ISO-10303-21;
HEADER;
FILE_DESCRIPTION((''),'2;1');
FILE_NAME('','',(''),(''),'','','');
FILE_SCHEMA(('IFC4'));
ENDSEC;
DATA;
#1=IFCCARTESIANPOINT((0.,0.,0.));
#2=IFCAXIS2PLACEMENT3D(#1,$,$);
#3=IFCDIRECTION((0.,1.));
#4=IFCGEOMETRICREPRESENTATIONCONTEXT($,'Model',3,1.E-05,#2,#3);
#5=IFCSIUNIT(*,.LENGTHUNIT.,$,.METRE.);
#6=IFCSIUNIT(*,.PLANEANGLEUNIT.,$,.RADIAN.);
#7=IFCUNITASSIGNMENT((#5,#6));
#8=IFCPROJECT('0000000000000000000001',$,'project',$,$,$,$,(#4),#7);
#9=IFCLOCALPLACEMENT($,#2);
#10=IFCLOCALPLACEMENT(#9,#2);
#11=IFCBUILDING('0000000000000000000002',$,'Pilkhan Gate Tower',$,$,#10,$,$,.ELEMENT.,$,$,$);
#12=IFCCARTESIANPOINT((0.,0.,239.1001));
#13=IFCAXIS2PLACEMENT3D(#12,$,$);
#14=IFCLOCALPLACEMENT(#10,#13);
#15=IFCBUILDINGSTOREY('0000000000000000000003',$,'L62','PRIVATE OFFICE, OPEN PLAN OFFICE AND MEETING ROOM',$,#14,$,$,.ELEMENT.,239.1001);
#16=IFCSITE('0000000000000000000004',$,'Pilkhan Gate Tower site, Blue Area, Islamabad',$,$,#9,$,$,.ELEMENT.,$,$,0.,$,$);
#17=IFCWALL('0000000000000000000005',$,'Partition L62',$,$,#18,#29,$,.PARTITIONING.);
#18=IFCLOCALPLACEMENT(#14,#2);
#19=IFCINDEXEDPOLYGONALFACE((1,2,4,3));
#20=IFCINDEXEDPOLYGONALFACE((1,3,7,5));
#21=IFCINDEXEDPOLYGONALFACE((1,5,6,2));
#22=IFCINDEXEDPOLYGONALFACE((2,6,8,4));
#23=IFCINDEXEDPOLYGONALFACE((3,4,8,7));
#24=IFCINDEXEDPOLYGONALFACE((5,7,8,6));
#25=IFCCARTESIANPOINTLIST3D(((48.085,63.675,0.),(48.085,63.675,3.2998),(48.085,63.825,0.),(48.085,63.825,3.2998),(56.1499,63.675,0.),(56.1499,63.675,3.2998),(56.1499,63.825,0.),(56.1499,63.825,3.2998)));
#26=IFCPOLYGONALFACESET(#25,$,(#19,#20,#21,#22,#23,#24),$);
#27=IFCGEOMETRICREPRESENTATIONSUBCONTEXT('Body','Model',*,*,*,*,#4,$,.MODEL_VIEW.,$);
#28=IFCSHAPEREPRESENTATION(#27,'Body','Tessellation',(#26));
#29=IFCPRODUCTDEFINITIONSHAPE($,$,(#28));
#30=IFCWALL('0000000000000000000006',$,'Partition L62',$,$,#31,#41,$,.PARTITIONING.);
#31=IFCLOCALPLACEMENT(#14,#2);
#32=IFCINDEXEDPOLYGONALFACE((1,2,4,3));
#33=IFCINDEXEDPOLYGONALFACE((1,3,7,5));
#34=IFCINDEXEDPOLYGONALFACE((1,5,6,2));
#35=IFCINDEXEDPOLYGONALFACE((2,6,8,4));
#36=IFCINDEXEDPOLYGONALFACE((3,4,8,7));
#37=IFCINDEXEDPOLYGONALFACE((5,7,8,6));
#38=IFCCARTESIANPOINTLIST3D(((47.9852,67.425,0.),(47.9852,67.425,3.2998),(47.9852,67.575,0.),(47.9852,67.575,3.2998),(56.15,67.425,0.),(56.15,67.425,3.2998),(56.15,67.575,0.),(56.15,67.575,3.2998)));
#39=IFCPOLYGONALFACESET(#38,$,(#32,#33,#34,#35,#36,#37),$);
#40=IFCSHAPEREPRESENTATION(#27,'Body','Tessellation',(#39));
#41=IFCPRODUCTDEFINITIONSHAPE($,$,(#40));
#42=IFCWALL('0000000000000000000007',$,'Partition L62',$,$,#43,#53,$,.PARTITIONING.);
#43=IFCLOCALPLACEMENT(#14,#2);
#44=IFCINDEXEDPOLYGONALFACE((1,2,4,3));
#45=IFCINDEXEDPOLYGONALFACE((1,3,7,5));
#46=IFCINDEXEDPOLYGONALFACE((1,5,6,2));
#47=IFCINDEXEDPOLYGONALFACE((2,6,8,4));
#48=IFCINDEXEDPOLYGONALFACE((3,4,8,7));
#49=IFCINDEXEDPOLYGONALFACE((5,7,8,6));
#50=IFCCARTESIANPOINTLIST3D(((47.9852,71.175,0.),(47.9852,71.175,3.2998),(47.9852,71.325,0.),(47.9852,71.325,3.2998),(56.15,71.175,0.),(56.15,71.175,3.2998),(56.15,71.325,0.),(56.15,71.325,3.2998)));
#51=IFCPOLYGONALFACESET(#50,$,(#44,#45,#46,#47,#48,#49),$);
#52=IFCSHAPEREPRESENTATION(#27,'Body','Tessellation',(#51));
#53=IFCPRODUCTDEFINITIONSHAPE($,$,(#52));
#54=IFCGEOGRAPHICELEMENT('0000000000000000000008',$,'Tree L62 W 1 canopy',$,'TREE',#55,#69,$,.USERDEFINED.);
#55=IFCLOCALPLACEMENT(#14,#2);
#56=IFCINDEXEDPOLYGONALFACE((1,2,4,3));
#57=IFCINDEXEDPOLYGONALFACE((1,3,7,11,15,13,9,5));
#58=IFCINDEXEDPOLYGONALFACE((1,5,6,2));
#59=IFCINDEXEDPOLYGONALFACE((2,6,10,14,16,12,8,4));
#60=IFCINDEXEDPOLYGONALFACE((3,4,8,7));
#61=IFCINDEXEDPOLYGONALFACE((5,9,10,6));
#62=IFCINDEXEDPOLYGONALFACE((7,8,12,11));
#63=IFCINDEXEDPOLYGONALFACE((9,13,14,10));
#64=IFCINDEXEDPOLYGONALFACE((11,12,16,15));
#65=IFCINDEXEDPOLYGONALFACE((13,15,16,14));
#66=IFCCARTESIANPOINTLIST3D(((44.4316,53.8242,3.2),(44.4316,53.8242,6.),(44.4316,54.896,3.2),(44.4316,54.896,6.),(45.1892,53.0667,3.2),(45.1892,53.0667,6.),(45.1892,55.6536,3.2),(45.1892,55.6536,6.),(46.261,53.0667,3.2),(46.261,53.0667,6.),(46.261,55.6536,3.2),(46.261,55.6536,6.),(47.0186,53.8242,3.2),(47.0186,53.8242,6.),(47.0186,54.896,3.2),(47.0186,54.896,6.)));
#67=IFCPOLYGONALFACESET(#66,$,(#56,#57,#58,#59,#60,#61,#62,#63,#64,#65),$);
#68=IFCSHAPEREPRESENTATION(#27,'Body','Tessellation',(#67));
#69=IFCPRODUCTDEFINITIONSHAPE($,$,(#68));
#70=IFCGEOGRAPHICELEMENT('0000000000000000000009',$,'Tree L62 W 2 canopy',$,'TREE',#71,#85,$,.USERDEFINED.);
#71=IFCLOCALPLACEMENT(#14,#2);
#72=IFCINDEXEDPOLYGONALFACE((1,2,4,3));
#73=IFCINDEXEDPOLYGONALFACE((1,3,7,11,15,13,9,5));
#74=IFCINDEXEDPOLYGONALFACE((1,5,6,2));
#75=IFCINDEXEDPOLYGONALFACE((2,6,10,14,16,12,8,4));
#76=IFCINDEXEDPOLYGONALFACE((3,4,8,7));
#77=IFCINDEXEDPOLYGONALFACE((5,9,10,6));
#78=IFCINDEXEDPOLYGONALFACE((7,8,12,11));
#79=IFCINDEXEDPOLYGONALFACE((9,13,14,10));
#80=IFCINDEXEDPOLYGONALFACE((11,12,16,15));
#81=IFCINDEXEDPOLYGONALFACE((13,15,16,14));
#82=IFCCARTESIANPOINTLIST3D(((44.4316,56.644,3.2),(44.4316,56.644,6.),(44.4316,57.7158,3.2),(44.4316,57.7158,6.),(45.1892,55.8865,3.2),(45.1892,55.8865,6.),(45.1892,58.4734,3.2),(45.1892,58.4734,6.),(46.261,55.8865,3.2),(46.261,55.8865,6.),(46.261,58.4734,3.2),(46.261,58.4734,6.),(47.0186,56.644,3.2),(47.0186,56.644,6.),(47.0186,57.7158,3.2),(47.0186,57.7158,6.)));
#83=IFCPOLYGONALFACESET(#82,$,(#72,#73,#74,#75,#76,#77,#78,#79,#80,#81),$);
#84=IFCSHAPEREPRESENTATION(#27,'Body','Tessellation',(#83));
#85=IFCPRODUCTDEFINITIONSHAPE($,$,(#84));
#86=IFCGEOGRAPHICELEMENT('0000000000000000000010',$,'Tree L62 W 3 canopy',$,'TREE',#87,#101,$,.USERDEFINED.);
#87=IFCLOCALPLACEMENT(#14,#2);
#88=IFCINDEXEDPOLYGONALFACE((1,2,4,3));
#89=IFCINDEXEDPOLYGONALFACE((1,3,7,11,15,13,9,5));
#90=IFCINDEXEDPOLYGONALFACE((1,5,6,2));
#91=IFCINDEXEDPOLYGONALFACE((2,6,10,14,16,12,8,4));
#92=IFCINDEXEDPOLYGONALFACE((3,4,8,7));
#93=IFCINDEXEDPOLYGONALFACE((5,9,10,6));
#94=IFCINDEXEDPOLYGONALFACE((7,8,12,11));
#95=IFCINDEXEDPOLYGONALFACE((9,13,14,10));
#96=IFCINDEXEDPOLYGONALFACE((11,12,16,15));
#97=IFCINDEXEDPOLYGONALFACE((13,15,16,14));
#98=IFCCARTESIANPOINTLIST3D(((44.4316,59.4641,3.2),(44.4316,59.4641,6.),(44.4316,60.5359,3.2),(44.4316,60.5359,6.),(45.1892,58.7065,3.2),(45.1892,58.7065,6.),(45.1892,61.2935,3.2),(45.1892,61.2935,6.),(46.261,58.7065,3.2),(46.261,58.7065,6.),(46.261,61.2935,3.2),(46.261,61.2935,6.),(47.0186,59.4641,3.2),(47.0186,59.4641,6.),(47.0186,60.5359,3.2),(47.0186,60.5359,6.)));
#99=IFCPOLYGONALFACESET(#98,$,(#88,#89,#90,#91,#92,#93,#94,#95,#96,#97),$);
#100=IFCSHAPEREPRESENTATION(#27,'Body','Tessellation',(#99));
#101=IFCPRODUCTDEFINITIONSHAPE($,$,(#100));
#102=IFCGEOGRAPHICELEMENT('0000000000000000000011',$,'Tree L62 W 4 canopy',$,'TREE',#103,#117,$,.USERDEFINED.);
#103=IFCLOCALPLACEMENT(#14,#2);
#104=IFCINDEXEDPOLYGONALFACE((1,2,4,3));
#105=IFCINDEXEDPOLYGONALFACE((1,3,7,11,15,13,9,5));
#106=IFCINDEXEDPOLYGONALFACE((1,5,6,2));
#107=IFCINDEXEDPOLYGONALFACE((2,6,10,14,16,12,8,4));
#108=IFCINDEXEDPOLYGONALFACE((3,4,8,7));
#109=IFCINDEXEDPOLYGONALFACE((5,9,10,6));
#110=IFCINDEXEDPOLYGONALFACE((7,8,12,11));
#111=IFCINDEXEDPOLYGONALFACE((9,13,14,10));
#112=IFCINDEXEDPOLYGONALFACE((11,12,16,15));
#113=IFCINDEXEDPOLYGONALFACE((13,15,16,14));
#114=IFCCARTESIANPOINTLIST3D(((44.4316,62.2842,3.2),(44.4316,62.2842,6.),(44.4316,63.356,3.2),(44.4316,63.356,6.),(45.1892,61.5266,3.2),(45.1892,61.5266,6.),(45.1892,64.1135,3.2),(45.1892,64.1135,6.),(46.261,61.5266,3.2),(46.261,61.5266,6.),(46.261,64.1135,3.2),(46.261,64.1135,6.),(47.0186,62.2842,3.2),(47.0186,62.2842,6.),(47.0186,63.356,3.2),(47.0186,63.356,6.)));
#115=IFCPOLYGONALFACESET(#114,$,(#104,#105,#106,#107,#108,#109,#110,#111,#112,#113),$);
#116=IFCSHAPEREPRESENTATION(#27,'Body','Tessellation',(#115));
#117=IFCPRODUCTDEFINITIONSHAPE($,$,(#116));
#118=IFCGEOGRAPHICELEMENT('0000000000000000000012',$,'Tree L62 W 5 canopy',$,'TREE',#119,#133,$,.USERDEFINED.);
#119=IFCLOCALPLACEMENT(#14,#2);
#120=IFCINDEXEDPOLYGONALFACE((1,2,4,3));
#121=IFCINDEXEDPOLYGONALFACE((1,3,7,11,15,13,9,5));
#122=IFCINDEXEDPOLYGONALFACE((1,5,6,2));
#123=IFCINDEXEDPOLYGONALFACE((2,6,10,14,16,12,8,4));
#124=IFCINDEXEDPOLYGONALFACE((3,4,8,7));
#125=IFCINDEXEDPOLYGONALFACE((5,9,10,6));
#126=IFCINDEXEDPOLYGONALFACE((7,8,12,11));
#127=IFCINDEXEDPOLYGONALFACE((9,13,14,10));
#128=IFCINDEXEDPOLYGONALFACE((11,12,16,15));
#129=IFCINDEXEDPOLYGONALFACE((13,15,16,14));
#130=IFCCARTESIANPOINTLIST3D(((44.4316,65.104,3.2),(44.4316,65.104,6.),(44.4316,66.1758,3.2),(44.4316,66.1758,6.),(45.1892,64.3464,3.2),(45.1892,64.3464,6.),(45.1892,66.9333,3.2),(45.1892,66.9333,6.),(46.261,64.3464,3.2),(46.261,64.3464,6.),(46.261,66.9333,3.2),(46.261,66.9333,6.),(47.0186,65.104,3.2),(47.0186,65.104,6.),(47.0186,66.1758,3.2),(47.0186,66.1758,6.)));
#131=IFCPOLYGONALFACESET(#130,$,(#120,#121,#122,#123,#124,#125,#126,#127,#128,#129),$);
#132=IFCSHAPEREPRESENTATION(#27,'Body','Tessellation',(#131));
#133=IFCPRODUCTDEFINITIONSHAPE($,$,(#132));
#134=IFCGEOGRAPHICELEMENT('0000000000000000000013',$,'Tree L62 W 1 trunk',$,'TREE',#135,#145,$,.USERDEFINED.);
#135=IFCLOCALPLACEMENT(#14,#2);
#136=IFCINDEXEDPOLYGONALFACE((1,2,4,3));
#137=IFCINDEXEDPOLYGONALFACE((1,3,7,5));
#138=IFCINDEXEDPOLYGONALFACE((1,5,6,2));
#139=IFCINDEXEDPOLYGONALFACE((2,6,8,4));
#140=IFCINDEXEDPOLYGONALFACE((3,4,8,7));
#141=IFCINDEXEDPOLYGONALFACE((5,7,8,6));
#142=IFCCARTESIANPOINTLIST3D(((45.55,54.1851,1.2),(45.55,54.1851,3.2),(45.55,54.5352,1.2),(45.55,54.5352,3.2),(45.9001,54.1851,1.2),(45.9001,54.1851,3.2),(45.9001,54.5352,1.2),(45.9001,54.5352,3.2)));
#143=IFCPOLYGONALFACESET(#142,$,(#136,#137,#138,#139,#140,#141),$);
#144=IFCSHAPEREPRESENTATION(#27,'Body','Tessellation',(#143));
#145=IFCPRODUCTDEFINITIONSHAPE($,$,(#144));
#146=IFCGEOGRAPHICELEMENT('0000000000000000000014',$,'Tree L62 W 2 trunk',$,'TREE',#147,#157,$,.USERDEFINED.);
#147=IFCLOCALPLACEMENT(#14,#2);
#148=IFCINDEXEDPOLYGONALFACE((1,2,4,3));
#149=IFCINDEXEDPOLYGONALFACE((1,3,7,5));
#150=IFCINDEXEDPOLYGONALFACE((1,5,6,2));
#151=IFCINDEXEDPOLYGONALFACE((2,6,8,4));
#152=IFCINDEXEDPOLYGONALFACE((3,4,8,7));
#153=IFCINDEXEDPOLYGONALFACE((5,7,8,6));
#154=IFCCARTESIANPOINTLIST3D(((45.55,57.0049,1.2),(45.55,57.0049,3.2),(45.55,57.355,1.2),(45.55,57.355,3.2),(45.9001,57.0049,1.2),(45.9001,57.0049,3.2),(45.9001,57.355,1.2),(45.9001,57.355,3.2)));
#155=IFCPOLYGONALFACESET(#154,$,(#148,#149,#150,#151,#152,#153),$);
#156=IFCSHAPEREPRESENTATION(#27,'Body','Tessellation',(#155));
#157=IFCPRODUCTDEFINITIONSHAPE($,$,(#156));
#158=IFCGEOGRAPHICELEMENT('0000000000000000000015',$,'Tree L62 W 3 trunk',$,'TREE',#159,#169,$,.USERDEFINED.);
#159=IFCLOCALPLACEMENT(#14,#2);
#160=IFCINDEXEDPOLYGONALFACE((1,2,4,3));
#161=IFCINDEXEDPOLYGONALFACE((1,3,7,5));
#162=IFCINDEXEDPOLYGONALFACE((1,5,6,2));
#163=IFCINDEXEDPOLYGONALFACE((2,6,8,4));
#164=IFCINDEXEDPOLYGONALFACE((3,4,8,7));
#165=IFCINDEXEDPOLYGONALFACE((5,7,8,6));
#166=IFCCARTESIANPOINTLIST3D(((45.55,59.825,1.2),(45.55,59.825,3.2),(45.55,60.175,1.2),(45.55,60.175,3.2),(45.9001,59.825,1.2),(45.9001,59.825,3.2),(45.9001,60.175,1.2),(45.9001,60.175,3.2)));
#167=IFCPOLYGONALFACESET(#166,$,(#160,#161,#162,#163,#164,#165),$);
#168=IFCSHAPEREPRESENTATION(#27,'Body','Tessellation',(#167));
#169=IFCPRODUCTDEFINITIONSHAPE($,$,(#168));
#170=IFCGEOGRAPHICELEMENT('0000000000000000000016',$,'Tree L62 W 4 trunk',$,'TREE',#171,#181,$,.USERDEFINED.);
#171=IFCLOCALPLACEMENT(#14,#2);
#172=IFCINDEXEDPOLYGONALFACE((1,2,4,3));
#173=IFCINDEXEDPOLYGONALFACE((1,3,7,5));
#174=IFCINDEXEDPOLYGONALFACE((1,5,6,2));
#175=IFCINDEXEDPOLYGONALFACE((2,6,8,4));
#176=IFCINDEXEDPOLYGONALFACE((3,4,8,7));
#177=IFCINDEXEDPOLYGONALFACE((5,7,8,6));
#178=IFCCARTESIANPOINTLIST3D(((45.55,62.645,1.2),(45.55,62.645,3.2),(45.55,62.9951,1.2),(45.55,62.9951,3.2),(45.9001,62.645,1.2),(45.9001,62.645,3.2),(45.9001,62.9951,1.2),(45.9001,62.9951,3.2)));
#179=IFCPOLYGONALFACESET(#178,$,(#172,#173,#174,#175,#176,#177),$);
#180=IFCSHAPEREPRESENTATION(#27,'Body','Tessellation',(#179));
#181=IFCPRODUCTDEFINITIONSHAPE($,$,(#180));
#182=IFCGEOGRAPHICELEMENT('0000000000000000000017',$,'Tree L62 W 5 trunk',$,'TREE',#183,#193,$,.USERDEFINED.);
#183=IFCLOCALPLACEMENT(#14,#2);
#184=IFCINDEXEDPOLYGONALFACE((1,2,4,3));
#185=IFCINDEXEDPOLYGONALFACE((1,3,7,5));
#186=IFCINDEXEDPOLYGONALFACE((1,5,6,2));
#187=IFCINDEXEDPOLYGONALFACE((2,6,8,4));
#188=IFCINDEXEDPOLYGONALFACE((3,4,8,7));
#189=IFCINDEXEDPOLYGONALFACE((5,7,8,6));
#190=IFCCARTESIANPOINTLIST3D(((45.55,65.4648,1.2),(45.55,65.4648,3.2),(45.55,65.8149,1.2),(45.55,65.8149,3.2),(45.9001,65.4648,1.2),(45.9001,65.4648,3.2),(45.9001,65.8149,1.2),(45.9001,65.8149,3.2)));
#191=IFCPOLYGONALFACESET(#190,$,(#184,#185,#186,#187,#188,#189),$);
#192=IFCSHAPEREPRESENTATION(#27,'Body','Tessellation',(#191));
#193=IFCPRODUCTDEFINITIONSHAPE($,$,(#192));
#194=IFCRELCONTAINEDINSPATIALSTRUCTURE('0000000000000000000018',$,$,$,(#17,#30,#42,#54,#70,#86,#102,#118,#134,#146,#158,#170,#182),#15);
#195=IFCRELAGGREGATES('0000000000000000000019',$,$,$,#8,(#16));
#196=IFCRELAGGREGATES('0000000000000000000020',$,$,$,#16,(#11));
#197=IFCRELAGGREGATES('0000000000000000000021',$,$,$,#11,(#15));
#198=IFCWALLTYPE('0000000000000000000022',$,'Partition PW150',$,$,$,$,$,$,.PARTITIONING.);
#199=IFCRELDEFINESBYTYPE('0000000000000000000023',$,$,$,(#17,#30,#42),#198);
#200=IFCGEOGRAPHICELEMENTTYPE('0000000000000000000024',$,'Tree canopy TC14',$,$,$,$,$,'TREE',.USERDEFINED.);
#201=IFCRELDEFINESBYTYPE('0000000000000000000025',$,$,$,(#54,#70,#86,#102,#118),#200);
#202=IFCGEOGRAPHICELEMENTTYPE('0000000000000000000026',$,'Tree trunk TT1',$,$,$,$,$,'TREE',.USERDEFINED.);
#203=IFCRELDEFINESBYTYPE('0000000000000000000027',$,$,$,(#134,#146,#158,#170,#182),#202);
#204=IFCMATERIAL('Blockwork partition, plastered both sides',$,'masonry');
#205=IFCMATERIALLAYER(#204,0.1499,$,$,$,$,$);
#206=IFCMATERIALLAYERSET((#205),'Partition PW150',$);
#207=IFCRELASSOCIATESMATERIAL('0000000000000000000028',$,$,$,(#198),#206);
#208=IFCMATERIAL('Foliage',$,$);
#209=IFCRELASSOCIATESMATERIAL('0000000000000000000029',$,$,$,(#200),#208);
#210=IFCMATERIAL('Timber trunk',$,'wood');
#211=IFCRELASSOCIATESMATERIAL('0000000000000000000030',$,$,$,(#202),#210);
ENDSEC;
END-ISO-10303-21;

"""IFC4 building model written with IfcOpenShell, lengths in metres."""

from ifc_helpers import new_model, si_unit, direction, frame, frame_2d, origin, origin_2d, place, context, subcontext, project, spatial, polyline, rectangle, outline, extrude, material, layer, layer_set, material_profile, profile_set, type_object, element, save


model = new_model("IFC4")

# Units and contexts
model_context = context("Model", 3, precision=1e-05, world=origin(), true_north=direction((0.0, 1.0)))
body_context = subcontext(model_context, "Body", "Model", "MODEL_VIEW")
ifc_project = project(units=[si_unit("LENGTHUNIT", "METRE"), si_unit("PLANEANGLEUNIT", "RADIAN")], contexts=[model_context])

# Site, building, storey
site_placement = place(None, origin())
site = spatial("IfcSite", under=ifc_project, at=site_placement, Name="Pilkhan Gate Tower site, Blue Area, Islamabad", CompositionType="ELEMENT", RefElevation=0.0)
building_placement = place(site_placement, origin())
building = spatial("IfcBuilding", under=site, at=building_placement, Name="Pilkhan Gate Tower", CompositionType="ELEMENT")
storey_placement = place(building_placement, frame((0.0, 0.0, 239.1001)))
storey = spatial("IfcBuildingStorey", under=building, at=storey_placement, Name="L62", Description="PRIVATE OFFICE, OPEN PLAN OFFICE AND MEETING ROOM", CompositionType="ELEMENT", Elevation=239.1001)

# Walls
ifc_material_1 = material(Name="Blockwork partition, plastered both sides", Category="masonry")
ifc_layer_1 = layer(ifc_material_1, 0.1499)
ifc_layer_set_1 = layer_set([ifc_layer_1], Name="Partition PW150")
wall_type_1 = type_object("IfcWallType", Name="Partition PW150", PredefinedType="PARTITIONING", material=ifc_layer_set_1)
for number, where, z_axis, x_axis, name in (
    (1, (48.085, 63.75, 0.0), (0.0, 0.0, 1.0), (1.0, 0.0, 0.0), "Partition L62"),
):
    element("IfcWall", number, at=place(storey_placement, frame(where, z_axis=z_axis, x_axis=x_axis)), inside=storey, type_object=wall_type_1, Name=name, PredefinedType="PARTITIONING", context=body_context, shape_type="SweptSolid", body=[
        extrude(rectangle(XDim=8.0649, YDim=0.1499, at=frame_2d((4.0325, 0.0))), origin(), (0.0, 0.0, 1.0), 3.2998),
    ])
for number, where, z_axis, x_axis, name in (
    (2, (47.9851, 67.5, 0.0), (0.0, 0.0, 1.0), (1.0, 0.0, 0.0), "Partition L62"),
    (3, (47.9851, 71.25, 0.0), (0.0, 0.0, 1.0), (1.0, 0.0, 0.0), "Partition L62"),
):
    element("IfcWall", number, at=place(storey_placement, frame(where, z_axis=z_axis, x_axis=x_axis)), inside=storey, type_object=wall_type_1, Name=name, PredefinedType="PARTITIONING", context=body_context, shape_type="SweptSolid", body=[
        extrude(rectangle(XDim=8.1648, YDim=0.1499, at=frame_2d((4.0825, 0.0))), origin(), (0.0, 0.0, 1.0), 3.2998),
    ])

# Geographic elements
ifc_material_2 = material(Name="Foliage")
ifc_material_profile_1 = material_profile(ifc_material_2, outline(polyline([(1.2935, 0.5359), (0.5359, 1.2935), (-0.5359, 1.2935), (-1.2935, 0.5359), (-1.2935, -0.5359), (-0.5359, -1.2935), (0.5359, -1.2935), (1.2935, -0.5359), (1.2935, 0.5359)])), Name="Canopy D2.8")
ifc_profile_set_1 = profile_set([ifc_material_profile_1], Name="Foliage")
geographic_element_type_1 = type_object("IfcGeographicElementType", Name="Tree canopy TC14", ElementType="TREE", PredefinedType="USERDEFINED", material=ifc_profile_set_1)
for number, where, z_axis, x_axis, name in (
    (4, (45.7251, 54.3601, 3.2), (0.0, 0.0, 1.0), (1.0, 0.0, 0.0), "Tree L62 W 1 canopy"),
    (5, (45.7251, 57.1799, 3.2), (0.0, 0.0, 1.0), (1.0, 0.0, 0.0), "Tree L62 W 2 canopy"),
    (6, (45.7251, 60.0, 3.2), (0.0, 0.0, 1.0), (1.0, 0.0, 0.0), "Tree L62 W 3 canopy"),
    (7, (45.7251, 62.8201, 3.2), (0.0, 0.0, 1.0), (1.0, 0.0, 0.0), "Tree L62 W 4 canopy"),
    (8, (45.7251, 65.6399, 3.2), (0.0, 0.0, 1.0), (1.0, 0.0, 0.0), "Tree L62 W 5 canopy"),
):
    element("IfcGeographicElement", number, at=place(storey_placement, frame(where, z_axis=z_axis, x_axis=x_axis)), inside=storey, type_object=geographic_element_type_1, Name=name, ObjectType="TREE", PredefinedType="USERDEFINED", context=body_context, shape_type="SweptSolid", body=[
        extrude(outline(polyline([(1.2935, 0.5359), (0.5359, 1.2935), (-0.5359, 1.2935), (-1.2935, 0.5359), (-1.2935, -0.5359), (-0.5359, -1.2935), (0.5359, -1.2935), (1.2935, -0.5359), (1.2935, 0.5359)])), origin(), (0.0, 0.0, 1.0), 2.8),
    ])
ifc_material_3 = material(Name="Timber trunk", Category="wood")
geographic_element_type_2 = type_object("IfcGeographicElementType", Name="Tree trunk TT1", ElementType="TREE", PredefinedType="USERDEFINED", material=ifc_material_3)
for number, where, z_axis, x_axis, name in (
    (9, (45.7251, 54.3601, 1.2), (0.0, 0.0, 1.0), (1.0, 0.0, 0.0), "Tree L62 W 1 trunk"),
    (10, (45.7251, 57.1799, 1.2), (0.0, 0.0, 1.0), (1.0, 0.0, 0.0), "Tree L62 W 2 trunk"),
    (11, (45.7251, 60.0, 1.2), (0.0, 0.0, 1.0), (1.0, 0.0, 0.0), "Tree L62 W 3 trunk"),
    (12, (45.7251, 62.8201, 1.2), (0.0, 0.0, 1.0), (1.0, 0.0, 0.0), "Tree L62 W 4 trunk"),
    (13, (45.7251, 65.6399, 1.2), (0.0, 0.0, 1.0), (1.0, 0.0, 0.0), "Tree L62 W 5 trunk"),
):
    element("IfcGeographicElement", number, at=place(storey_placement, frame(where, z_axis=z_axis, x_axis=x_axis)), inside=storey, type_object=geographic_element_type_2, Name=name, ObjectType="TREE", PredefinedType="USERDEFINED", context=body_context, shape_type="SweptSolid", body=[
        extrude(rectangle(XDim=0.3501, YDim=0.3501, at=origin_2d()), origin(), (0.0, 0.0, 1.0), 2.0),
    ])

save(model, "model.ifc")
